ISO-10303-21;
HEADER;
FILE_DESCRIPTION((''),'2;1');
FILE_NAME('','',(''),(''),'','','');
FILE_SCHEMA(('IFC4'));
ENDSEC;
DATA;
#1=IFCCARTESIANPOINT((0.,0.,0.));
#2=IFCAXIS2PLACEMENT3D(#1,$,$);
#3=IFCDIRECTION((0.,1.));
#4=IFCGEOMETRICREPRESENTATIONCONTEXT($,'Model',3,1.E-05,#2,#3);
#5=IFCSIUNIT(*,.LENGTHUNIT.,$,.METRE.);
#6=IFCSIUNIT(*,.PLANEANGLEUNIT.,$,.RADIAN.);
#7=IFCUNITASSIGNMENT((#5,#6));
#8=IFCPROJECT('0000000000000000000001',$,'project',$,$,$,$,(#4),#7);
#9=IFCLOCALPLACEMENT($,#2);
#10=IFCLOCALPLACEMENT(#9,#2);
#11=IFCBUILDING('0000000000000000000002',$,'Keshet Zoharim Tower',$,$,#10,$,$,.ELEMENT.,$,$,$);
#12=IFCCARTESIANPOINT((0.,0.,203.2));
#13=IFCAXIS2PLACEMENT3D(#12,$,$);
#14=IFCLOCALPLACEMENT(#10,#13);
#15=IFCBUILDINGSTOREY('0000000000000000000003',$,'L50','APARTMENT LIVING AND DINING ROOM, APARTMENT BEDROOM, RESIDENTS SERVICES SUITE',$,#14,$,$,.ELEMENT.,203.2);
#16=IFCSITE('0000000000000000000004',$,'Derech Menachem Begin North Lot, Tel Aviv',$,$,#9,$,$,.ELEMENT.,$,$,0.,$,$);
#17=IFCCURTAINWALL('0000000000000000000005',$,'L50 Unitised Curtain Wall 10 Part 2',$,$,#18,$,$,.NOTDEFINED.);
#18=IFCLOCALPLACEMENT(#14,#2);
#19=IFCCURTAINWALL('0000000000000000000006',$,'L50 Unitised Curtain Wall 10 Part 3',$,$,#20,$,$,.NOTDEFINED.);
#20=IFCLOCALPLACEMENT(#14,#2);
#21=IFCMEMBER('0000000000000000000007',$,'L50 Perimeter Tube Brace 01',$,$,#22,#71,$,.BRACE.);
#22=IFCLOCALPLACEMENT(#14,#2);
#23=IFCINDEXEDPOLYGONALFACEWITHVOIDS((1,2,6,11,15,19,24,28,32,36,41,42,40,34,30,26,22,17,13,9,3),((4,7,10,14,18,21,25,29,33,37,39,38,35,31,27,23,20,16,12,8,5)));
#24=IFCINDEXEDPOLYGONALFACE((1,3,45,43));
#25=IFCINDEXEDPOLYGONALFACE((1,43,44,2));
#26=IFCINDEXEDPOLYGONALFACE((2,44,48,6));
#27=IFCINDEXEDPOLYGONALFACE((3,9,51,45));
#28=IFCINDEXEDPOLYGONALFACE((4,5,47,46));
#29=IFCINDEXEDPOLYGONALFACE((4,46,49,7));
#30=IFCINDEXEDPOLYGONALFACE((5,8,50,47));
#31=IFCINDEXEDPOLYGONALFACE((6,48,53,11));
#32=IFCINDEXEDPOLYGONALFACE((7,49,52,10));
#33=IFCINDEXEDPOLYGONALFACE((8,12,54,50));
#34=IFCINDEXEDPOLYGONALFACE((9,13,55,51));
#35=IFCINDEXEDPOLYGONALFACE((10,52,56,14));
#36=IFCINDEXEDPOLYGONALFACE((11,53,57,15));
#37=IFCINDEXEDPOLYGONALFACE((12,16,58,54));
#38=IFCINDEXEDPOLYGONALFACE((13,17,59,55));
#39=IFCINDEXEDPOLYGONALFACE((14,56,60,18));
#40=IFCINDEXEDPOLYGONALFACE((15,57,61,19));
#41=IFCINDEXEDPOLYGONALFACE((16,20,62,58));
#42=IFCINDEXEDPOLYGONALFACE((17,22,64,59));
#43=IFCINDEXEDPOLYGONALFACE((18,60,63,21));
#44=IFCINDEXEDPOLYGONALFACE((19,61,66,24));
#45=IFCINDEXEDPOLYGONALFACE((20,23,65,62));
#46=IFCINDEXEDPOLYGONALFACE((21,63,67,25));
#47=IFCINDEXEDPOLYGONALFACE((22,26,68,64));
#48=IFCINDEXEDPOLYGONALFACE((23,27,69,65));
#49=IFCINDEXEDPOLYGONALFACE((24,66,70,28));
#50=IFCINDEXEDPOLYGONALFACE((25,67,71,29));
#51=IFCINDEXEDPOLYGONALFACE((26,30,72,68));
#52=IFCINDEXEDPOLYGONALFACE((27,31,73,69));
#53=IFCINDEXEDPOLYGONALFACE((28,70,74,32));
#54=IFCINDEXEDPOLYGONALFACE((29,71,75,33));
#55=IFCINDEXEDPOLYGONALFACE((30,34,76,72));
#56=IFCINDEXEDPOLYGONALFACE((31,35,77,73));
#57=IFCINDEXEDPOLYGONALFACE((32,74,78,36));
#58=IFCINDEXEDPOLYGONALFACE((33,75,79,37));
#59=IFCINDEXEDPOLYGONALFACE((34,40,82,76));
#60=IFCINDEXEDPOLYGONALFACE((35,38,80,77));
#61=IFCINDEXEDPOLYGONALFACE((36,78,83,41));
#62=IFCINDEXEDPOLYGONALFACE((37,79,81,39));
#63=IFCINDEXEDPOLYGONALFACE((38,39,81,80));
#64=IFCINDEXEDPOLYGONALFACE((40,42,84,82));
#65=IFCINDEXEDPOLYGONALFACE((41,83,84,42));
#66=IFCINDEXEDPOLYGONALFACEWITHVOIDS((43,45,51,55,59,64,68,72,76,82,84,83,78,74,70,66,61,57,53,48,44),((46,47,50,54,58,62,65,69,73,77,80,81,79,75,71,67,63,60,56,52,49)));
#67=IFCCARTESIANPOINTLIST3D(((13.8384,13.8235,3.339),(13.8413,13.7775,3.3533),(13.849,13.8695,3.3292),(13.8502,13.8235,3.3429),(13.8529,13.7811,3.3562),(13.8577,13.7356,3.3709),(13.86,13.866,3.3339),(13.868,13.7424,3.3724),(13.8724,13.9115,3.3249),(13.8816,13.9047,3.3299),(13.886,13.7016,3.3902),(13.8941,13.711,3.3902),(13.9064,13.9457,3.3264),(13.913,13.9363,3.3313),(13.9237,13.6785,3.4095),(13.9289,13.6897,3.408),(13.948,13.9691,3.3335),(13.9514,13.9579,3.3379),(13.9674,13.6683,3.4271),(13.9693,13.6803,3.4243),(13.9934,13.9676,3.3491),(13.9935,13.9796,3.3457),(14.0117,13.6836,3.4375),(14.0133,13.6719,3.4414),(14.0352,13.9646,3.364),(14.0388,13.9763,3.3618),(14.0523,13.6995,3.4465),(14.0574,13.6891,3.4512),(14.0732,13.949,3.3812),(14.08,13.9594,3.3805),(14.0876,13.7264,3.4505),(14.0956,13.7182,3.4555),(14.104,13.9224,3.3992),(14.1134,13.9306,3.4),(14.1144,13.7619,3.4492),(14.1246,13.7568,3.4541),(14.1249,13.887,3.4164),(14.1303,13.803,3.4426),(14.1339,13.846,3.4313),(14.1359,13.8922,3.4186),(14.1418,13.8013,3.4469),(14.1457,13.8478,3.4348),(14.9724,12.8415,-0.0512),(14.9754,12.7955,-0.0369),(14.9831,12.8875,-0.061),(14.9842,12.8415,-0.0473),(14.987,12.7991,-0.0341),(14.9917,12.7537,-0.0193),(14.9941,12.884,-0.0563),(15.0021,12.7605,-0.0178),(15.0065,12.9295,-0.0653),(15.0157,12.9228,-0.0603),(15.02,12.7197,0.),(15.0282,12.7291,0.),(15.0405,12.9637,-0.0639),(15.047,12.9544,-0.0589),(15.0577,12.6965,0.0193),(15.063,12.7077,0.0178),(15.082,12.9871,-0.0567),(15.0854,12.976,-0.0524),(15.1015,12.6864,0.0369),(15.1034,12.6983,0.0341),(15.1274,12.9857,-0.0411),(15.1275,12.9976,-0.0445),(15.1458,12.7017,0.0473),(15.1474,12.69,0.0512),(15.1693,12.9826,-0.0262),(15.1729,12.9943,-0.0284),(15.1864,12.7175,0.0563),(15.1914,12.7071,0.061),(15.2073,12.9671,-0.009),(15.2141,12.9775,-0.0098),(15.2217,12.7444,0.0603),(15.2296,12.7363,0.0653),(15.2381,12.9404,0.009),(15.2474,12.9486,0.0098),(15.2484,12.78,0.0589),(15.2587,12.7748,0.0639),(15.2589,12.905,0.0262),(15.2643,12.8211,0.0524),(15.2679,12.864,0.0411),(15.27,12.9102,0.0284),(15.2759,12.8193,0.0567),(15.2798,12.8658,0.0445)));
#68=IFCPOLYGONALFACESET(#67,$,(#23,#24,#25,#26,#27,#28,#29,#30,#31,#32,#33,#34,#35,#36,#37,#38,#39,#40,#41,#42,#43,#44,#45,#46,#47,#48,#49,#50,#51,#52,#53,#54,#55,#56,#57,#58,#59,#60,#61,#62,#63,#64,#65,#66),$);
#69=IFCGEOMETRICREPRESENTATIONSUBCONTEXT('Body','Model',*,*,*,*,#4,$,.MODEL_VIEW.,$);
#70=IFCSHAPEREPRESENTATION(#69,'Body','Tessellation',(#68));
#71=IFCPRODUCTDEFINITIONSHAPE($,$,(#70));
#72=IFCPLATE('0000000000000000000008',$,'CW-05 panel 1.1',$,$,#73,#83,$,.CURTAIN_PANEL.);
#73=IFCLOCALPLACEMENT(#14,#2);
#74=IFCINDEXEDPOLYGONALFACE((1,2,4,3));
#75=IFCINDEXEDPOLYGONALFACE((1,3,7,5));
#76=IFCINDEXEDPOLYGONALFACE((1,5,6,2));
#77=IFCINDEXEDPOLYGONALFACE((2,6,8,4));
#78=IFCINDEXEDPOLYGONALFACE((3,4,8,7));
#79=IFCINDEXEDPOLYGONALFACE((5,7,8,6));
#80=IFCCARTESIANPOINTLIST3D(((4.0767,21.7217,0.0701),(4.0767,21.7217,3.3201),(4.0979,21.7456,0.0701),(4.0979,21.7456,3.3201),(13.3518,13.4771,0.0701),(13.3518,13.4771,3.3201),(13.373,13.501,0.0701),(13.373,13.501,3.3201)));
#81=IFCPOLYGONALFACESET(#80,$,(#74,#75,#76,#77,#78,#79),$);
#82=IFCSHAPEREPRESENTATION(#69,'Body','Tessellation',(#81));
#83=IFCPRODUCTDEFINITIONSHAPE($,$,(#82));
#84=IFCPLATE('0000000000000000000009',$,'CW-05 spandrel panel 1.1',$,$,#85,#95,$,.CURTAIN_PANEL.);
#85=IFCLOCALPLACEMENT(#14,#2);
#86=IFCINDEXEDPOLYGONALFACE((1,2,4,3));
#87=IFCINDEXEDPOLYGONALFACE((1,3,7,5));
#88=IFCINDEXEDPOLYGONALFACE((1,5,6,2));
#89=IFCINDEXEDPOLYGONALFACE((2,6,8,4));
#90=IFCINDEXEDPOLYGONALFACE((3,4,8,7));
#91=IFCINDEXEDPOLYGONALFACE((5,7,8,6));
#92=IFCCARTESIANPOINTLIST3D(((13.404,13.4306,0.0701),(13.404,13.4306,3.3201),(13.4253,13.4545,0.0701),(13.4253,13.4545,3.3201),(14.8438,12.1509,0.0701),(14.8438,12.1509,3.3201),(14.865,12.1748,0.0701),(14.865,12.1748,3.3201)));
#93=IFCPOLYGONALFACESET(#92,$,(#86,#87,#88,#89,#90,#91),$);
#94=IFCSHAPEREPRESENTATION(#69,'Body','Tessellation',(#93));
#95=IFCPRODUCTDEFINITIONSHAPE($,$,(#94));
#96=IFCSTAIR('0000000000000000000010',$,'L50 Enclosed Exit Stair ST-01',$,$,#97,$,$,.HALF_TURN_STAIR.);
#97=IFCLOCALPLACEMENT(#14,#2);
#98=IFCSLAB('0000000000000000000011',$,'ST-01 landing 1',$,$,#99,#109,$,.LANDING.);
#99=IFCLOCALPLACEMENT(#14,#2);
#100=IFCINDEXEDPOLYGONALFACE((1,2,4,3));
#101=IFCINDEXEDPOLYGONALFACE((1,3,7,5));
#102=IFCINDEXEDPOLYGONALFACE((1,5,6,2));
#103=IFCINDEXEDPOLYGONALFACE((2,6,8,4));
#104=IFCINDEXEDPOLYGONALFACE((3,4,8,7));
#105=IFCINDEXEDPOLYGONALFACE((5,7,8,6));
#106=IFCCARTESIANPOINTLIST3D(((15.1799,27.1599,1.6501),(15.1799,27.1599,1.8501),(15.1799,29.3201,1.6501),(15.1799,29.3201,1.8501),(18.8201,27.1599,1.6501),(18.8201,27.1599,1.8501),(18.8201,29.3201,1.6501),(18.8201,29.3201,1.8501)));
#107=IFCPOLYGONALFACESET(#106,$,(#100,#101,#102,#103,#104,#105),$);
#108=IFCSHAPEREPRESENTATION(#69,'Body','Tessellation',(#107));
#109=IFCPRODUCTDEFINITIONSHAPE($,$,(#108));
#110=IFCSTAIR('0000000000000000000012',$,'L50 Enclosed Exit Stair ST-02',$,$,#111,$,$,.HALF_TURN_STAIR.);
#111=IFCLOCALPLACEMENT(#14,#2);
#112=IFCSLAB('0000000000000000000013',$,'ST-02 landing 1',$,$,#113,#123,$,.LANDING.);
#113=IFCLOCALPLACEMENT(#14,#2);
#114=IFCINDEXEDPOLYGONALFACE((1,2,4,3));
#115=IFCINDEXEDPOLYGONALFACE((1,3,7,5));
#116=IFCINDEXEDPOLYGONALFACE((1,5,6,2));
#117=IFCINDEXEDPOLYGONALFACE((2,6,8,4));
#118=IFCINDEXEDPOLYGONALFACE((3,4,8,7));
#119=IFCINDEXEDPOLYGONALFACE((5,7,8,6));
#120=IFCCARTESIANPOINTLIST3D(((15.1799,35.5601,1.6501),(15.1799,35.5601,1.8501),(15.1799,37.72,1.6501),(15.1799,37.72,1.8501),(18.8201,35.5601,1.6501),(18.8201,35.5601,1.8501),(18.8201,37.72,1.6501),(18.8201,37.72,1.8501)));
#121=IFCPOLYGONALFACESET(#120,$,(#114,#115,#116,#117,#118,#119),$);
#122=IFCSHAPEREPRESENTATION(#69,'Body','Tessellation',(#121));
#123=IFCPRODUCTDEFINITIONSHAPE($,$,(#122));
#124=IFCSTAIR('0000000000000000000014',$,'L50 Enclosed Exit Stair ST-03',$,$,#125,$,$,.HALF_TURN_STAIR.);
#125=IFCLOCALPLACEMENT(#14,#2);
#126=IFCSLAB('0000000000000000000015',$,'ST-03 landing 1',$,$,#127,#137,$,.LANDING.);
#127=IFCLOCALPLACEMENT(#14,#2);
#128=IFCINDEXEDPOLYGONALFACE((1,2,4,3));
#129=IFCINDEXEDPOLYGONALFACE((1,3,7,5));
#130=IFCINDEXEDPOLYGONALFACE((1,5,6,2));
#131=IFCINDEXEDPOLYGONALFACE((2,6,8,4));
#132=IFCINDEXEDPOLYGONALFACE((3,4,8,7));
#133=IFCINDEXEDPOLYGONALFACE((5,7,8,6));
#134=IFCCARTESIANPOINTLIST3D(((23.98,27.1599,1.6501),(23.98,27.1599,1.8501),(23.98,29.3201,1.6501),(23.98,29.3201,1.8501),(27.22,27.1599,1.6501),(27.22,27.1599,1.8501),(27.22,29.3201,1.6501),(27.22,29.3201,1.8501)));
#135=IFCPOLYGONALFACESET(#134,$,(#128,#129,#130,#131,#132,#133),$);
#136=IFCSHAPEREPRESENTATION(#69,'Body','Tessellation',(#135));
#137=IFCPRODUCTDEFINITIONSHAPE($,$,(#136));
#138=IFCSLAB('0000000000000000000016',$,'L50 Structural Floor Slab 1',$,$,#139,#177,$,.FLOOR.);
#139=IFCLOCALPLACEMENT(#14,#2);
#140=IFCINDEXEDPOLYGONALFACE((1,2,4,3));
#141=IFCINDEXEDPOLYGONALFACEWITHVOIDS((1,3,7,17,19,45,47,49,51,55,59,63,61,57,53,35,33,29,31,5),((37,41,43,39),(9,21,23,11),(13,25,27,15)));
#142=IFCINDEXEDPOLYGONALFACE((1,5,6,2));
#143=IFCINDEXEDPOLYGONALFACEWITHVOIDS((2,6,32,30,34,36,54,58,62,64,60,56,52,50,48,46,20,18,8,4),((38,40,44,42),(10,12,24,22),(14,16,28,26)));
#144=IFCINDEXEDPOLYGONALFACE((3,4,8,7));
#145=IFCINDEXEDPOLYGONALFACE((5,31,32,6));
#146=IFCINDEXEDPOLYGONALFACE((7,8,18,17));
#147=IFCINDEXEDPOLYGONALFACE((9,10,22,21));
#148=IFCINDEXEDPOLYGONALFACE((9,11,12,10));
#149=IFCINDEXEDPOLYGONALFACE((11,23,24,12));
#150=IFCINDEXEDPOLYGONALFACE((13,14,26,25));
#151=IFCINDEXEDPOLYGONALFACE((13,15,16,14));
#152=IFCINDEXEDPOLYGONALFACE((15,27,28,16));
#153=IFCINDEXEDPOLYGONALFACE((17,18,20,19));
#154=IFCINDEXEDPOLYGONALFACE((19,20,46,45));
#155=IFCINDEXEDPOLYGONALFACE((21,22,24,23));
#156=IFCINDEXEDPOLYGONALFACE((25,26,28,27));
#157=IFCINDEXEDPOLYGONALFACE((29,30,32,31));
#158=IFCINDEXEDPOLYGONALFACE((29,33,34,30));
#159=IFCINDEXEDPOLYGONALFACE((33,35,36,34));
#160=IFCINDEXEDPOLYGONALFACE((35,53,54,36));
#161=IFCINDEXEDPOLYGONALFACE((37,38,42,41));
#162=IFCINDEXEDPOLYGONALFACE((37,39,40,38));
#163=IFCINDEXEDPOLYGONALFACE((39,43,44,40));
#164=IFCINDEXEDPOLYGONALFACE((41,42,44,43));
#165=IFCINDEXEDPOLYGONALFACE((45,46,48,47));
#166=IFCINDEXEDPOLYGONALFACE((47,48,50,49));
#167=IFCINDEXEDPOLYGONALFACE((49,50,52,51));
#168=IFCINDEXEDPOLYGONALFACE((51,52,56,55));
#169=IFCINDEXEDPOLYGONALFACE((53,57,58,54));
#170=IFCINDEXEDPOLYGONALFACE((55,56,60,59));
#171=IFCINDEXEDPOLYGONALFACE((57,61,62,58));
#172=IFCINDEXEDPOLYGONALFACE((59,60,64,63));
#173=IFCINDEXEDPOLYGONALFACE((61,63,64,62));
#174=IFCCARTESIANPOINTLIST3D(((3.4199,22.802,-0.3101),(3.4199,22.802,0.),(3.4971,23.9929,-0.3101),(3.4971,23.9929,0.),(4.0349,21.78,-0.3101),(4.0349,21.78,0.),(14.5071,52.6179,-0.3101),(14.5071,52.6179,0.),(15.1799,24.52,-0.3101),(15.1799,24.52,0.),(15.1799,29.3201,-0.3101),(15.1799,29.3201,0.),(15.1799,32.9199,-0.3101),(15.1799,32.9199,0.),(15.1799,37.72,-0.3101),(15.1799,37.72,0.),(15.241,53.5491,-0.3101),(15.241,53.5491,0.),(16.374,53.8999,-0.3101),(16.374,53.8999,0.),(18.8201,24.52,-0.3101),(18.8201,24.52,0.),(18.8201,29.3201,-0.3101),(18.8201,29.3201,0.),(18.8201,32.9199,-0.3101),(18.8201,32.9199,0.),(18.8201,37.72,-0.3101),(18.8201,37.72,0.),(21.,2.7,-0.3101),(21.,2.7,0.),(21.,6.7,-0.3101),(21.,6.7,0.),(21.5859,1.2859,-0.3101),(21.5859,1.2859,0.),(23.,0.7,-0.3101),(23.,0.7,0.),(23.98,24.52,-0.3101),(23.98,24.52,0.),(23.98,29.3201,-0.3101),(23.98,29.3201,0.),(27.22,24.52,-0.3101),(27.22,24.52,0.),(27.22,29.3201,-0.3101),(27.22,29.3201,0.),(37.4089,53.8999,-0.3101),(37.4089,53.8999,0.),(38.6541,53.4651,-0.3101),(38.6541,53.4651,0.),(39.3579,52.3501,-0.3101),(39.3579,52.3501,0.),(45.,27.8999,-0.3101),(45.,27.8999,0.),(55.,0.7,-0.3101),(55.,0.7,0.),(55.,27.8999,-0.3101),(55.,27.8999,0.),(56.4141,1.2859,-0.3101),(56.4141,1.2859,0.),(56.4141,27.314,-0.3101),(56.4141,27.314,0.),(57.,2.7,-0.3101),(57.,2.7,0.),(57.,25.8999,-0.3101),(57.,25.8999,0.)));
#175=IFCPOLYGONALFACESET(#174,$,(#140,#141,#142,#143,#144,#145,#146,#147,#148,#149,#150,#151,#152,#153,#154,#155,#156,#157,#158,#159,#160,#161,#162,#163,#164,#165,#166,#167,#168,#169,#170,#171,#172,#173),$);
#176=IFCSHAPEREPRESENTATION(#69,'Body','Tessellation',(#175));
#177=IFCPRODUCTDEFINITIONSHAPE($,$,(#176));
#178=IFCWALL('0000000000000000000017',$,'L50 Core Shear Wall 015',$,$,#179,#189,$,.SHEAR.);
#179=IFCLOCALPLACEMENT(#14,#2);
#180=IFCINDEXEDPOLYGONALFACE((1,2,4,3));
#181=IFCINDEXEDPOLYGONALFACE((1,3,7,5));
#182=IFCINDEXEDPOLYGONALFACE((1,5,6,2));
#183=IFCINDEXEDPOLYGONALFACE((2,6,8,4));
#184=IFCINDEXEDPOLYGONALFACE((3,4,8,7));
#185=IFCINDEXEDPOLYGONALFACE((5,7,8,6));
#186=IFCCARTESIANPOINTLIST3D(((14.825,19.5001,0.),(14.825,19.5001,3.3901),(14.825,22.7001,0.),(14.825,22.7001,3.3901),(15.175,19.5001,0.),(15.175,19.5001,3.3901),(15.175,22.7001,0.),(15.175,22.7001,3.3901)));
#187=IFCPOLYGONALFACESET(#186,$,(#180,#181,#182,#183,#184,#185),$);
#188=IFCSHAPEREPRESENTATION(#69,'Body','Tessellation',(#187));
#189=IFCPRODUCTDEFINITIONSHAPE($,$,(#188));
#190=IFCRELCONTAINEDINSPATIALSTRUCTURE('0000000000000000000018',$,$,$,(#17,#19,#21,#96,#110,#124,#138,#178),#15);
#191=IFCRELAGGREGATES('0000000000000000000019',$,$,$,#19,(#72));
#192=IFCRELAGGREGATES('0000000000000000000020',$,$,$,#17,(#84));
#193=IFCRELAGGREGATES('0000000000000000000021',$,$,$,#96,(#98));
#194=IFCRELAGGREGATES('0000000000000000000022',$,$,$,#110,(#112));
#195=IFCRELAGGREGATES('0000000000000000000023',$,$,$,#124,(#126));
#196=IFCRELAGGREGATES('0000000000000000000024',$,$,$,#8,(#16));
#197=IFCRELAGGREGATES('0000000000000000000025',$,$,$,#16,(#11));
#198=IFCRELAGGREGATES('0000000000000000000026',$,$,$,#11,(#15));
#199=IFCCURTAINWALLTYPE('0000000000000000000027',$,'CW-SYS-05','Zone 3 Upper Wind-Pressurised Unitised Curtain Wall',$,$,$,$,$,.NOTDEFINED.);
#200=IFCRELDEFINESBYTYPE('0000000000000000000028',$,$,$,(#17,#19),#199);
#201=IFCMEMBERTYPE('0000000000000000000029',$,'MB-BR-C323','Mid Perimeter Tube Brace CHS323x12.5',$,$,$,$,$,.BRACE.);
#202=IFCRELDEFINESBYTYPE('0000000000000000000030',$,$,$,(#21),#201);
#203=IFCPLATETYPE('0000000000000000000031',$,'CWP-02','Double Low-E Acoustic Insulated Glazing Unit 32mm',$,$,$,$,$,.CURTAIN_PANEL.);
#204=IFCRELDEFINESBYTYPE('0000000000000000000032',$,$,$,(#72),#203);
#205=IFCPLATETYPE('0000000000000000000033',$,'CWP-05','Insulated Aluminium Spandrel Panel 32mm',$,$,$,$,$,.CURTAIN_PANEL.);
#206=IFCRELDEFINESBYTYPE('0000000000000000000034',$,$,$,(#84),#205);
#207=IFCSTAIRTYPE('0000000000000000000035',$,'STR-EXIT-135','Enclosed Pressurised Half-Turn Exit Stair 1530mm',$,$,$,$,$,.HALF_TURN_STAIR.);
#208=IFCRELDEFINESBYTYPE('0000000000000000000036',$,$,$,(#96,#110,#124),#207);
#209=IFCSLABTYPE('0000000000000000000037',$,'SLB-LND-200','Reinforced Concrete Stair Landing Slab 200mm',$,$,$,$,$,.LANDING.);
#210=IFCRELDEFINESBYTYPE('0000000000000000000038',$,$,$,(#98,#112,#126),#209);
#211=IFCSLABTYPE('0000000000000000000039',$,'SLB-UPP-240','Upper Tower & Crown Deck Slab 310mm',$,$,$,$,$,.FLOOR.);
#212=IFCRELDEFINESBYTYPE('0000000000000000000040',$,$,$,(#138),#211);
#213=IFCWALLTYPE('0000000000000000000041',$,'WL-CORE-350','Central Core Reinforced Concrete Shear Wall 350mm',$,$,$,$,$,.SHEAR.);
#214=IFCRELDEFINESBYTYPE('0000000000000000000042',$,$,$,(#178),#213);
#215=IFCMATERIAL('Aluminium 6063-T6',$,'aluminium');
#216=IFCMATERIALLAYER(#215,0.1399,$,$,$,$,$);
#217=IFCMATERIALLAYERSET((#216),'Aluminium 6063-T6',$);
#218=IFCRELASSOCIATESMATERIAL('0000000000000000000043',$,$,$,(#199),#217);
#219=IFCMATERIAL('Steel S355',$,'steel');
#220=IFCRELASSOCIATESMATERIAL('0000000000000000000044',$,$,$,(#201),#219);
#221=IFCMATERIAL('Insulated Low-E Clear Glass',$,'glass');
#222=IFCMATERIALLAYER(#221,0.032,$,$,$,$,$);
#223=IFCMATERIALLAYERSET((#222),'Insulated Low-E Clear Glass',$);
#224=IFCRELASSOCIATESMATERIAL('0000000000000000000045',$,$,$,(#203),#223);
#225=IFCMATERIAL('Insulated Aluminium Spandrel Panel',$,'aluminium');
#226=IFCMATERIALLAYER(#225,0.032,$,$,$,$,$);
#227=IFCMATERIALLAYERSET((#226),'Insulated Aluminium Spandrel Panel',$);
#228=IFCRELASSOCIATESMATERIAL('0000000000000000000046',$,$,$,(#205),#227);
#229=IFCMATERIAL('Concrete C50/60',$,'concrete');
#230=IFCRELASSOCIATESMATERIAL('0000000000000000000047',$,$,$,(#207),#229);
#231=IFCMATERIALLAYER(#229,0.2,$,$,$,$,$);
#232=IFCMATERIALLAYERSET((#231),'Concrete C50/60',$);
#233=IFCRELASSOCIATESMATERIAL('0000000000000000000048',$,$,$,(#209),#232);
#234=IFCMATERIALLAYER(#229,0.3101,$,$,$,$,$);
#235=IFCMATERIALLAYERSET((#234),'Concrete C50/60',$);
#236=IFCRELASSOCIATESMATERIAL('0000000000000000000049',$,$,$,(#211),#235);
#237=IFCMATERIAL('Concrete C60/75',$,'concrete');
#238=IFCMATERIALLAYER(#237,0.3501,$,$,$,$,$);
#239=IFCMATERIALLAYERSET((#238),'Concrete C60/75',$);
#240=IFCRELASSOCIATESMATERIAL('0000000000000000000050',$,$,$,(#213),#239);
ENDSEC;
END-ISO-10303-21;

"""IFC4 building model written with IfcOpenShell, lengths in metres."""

from ifc_helpers import new_model, si_unit, direction, frame, frame_2d, origin, origin_2d, place, context, subcontext, project, spatial, polyline, rectangle, hollow_circle, outline, extrude, material, layer, layer_set, material_profile, profile_set, type_object, element, aggregate, save


model = new_model("IFC4")

# Units and contexts
model_context = context("Model", 3, precision=1e-05, world=origin(), true_north=direction((0.0, 1.0)))
body_context = subcontext(model_context, "Body", "Model", "MODEL_VIEW")
ifc_project = project(units=[si_unit("LENGTHUNIT", "METRE"), si_unit("PLANEANGLEUNIT", "RADIAN")], contexts=[model_context])

# Site, building, storey
site_placement = place(None, origin())
site = spatial("IfcSite", under=ifc_project, at=site_placement, Name="Derech Menachem Begin North Lot, Tel Aviv", CompositionType="ELEMENT", RefElevation=0.0)
building_placement = place(site_placement, origin())
building = spatial("IfcBuilding", under=site, at=building_placement, Name="Keshet Zoharim Tower", CompositionType="ELEMENT")
storey_placement = place(building_placement, frame((0.0, 0.0, 203.2)))
storey = spatial("IfcBuildingStorey", under=building, at=storey_placement, Name="L50", Description="APARTMENT LIVING AND DINING ROOM, APARTMENT BEDROOM, RESIDENTS SERVICES SUITE", CompositionType="ELEMENT", Elevation=203.2)

# Shared definitions
ifc_material_1 = material(Name="Steel S355", Category="steel")
ifc_material_2 = material(Name="Concrete C60/75", Category="concrete")

# Shared definitions
ifc_material_3 = material(Name="Concrete C50/60", Category="concrete")

# Shared definitions
ifc_material_4 = material(Name="Aluminium 6063-T6", Category="aluminium")
ifc_layer_1 = layer(ifc_material_4, 0.1399)
ifc_layer_set_1 = layer_set([ifc_layer_1], Name="Aluminium 6063-T6")
curtain_wall_type = type_object("IfcCurtainWallType", Name="CW-SYS-05", Description="Zone 3 Upper Wind-Pressurised Unitised Curtain Wall", PredefinedType="NOTDEFINED", material=ifc_layer_set_1)

# Curtain walls
curtain_wall_1_placement = place(storey_placement, origin())
curtain_wall_1 = element("IfcCurtainWall", 1, at=curtain_wall_1_placement, inside=storey, type_object=curtain_wall_type, Name="L50 Unitised Curtain Wall 10 Part 2", PredefinedType="NOTDEFINED")
curtain_wall_2_placement = place(storey_placement, origin())
curtain_wall_2 = element("IfcCurtainWall", 2, at=curtain_wall_2_placement, inside=storey, type_object=curtain_wall_type, Name="L50 Unitised Curtain Wall 10 Part 3", PredefinedType="NOTDEFINED")

# Member
ifc_material_profile_1 = material_profile(ifc_material_1, hollow_circle(Radius=0.1619, WallThickness=0.0125, at=origin_2d()), Name="CHS323x12.5")
ifc_profile_set_1 = profile_set([ifc_material_profile_1], Name="Steel S355")
member_type_1 = type_object("IfcMemberType", Name="MB-BR-C323", Description="Mid Perimeter Tube Brace CHS323x12.5", PredefinedType="BRACE", material=ifc_profile_set_1)
member_1_placement = place(storey_placement, frame((15.126, 12.842, 0.0), z_axis=(-0.305901, 0.264873, 0.914476), x_axis=(-0.65459, -0.755984, 0.0)))
element("IfcMember", 3, at=member_1_placement, inside=storey, type_object=member_type_1, Name="L50 Perimeter Tube Brace 01", PredefinedType="BRACE", context=body_context, shape_type="SweptSolid", body=[
    extrude(hollow_circle(Radius=0.1619, WallThickness=0.0125, at=origin_2d()), origin(), (0.0, 0.0, 1.0), 3.7073),
])

# Plates
ifc_material_5 = material(Name="Insulated Low-E Clear Glass", Category="glass")
ifc_layer_2 = layer(ifc_material_5, 0.032)
ifc_layer_set_2 = layer_set([ifc_layer_2], Name="Insulated Low-E Clear Glass")
plate_type_1 = type_object("IfcPlateType", Name="CWP-02", Description="Double Low-E Acoustic Insulated Glazing Unit 32mm", PredefinedType="CURTAIN_PANEL", material=ifc_layer_set_2)
plate_1_placement = place(storey_placement, frame((8.7249, 17.6113, 0.0701), z_axis=(0.0, 0.0, 1.0), x_axis=(-0.747407, 0.664367, 0.0)))
plate_1 = element("IfcPlate", 4, at=plate_1_placement, type_object=plate_type_1, Name="CW-05 panel 1.1", PredefinedType="CURTAIN_PANEL", context=body_context, shape_type="SweptSolid", body=[
    extrude(rectangle(XDim=12.4097, YDim=0.032, at=origin_2d()), origin(), (0.0, 0.0, 1.0), 3.25),
])
aggregate(curtain_wall_2, [plate_1])
ifc_material_6 = material(Name="Insulated Aluminium Spandrel Panel", Category="aluminium")
ifc_layer_3 = layer(ifc_material_6, 0.032)
ifc_layer_set_3 = layer_set([ifc_layer_3], Name="Insulated Aluminium Spandrel Panel")
plate_type_2 = type_object("IfcPlateType", Name="CWP-05", Description="Insulated Aluminium Spandrel Panel 32mm", PredefinedType="CURTAIN_PANEL", material=ifc_layer_set_3)
plate_2_placement = place(storey_placement, frame((14.1345, 12.8027, 0.0701), z_axis=(0.0, 0.0, 1.0), x_axis=(-0.74744, 0.66433, 0.0)))
plate_2 = element("IfcPlate", 5, at=plate_2_placement, type_object=plate_type_2, Name="CW-05 spandrel panel 1.1", PredefinedType="CURTAIN_PANEL", context=body_context, shape_type="SweptSolid", body=[
    extrude(rectangle(XDim=1.9263, YDim=0.032, at=origin_2d()), origin(), (0.0, 0.0, 1.0), 3.25),
])
aggregate(curtain_wall_1, [plate_2])

# Stairs, slabs
stair_type = type_object("IfcStairType", Name="STR-EXIT-135", Description="Enclosed Pressurised Half-Turn Exit Stair 1530mm", PredefinedType="HALF_TURN_STAIR", material=ifc_material_3)
stair_1_placement = place(storey_placement, origin())
stair_1 = element("IfcStair", 6, at=stair_1_placement, inside=storey, type_object=stair_type, Name="L50 Enclosed Exit Stair ST-01", PredefinedType="HALF_TURN_STAIR")
ifc_layer_4 = layer(ifc_material_3, 0.2)
ifc_layer_set_4 = layer_set([ifc_layer_4], Name="Concrete C50/60")
slab_type_1 = type_object("IfcSlabType", Name="SLB-LND-200", Description="Reinforced Concrete Stair Landing Slab 200mm", PredefinedType="LANDING", material=ifc_layer_set_4)
slab_1_placement = place(storey_placement, frame((0.0, 0.0, 1.6501)))
slab_1 = element("IfcSlab", 7, at=slab_1_placement, type_object=slab_type_1, Name="ST-01 landing 1", PredefinedType="LANDING", context=body_context, shape_type="SweptSolid", body=[
    extrude(outline(polyline([(15.1799, 27.1599), (18.8201, 27.1599), (18.8201, 29.3201), (15.1799, 29.3201), (15.1799, 27.1599)])), origin(), (0.0, 0.0, 1.0), 0.2),
])
aggregate(stair_1, [slab_1])
stair_2_placement = place(storey_placement, origin())
stair_2 = element("IfcStair", 8, at=stair_2_placement, inside=storey, type_object=stair_type, Name="L50 Enclosed Exit Stair ST-02", PredefinedType="HALF_TURN_STAIR")
slab_2_placement = place(storey_placement, frame((0.0, 0.0, 1.6501)))
slab_2 = element("IfcSlab", 9, at=slab_2_placement, type_object=slab_type_1, Name="ST-02 landing 1", PredefinedType="LANDING", context=body_context, shape_type="SweptSolid", body=[
    extrude(outline(polyline([(15.1799, 35.5601), (18.8201, 35.5601), (18.8201, 37.72), (15.1799, 37.72), (15.1799, 35.5601)])), origin(), (0.0, 0.0, 1.0), 0.2),
])
aggregate(stair_2, [slab_2])
stair_3_placement = place(storey_placement, origin())
stair_3 = element("IfcStair", 10, at=stair_3_placement, inside=storey, type_object=stair_type, Name="L50 Enclosed Exit Stair ST-03", PredefinedType="HALF_TURN_STAIR")
slab_3_placement = place(storey_placement, frame((0.0, 0.0, 1.6501)))
slab_3 = element("IfcSlab", 11, at=slab_3_placement, type_object=slab_type_1, Name="ST-03 landing 1", PredefinedType="LANDING", context=body_context, shape_type="SweptSolid", body=[
    extrude(outline(polyline([(23.98, 27.1599), (27.22, 27.1599), (27.22, 29.3201), (23.98, 29.3201), (23.98, 27.1599)])), origin(), (0.0, 0.0, 1.0), 0.2),
])
aggregate(stair_3, [slab_3])

# Slab
ifc_layer_5 = layer(ifc_material_3, 0.3101)
ifc_layer_set_5 = layer_set([ifc_layer_5], Name="Concrete C50/60")
slab_type_2 = type_object("IfcSlabType", Name="SLB-UPP-240", Description="Upper Tower & Crown Deck Slab 310mm", PredefinedType="FLOOR", material=ifc_layer_set_5)
slab_4_placement = place(storey_placement, frame((0.0, 0.0, -0.3101)))
element("IfcSlab", 12, at=slab_4_placement, inside=storey, type_object=slab_type_2, Name="L50 Structural Floor Slab 1", PredefinedType="FLOOR", context=body_context, shape_type="SweptSolid", body=[
    extrude(outline(polyline([(55.0, 27.8999), (56.4141, 27.314), (57.0, 25.8999), (57.0, 2.7), (56.4141, 1.2859), (55.0, 0.7), (23.0, 0.7), (21.5859, 1.2859), (21.0, 2.7), (21.0, 6.7), (4.0349, 21.78), (3.4199, 22.802), (3.4971, 23.9929), (14.5071, 52.6179), (15.241, 53.5491), (16.374, 53.8999), (37.4089, 53.8999), (38.6541, 53.4651), (39.3579, 52.3501), (45.0, 27.8999), (55.0, 27.8999)]), holes=[polyline([(15.1799, 24.52), (18.8201, 24.52), (18.8201, 29.3201), (15.1799, 29.3201), (15.1799, 24.52)]), polyline([(15.1799, 32.9199), (18.8201, 32.9199), (18.8201, 37.72), (15.1799, 37.72), (15.1799, 32.9199)]), polyline([(23.98, 24.52), (27.22, 24.52), (27.22, 29.3201), (23.98, 29.3201), (23.98, 24.52)])]), origin(), (0.0, 0.0, 1.0), 0.3101),
])

# Wall
ifc_layer_6 = layer(ifc_material_2, 0.3501)
ifc_layer_set_6 = layer_set([ifc_layer_6], Name="Concrete C60/75")
wall_type_1 = type_object("IfcWallType", Name="WL-CORE-350", Description="Central Core Reinforced Concrete Shear Wall 350mm", PredefinedType="SHEAR", material=ifc_layer_set_6)
wall_1_placement = place(storey_placement, frame((15.0, 19.5, 0.0), z_axis=(0.0, 0.0, 1.0), x_axis=(0.0, 1.0, 0.0)))
element("IfcWall", 13, at=wall_1_placement, inside=storey, type_object=wall_type_1, Name="L50 Core Shear Wall 015", PredefinedType="SHEAR", context=body_context, shape_type="SweptSolid", body=[
    extrude(rectangle(XDim=3.2, YDim=0.3501, at=frame_2d((1.6001, 0.0))), origin(), (0.0, 0.0, 1.0), 3.3901),
])

save(model, "model.ifc")
